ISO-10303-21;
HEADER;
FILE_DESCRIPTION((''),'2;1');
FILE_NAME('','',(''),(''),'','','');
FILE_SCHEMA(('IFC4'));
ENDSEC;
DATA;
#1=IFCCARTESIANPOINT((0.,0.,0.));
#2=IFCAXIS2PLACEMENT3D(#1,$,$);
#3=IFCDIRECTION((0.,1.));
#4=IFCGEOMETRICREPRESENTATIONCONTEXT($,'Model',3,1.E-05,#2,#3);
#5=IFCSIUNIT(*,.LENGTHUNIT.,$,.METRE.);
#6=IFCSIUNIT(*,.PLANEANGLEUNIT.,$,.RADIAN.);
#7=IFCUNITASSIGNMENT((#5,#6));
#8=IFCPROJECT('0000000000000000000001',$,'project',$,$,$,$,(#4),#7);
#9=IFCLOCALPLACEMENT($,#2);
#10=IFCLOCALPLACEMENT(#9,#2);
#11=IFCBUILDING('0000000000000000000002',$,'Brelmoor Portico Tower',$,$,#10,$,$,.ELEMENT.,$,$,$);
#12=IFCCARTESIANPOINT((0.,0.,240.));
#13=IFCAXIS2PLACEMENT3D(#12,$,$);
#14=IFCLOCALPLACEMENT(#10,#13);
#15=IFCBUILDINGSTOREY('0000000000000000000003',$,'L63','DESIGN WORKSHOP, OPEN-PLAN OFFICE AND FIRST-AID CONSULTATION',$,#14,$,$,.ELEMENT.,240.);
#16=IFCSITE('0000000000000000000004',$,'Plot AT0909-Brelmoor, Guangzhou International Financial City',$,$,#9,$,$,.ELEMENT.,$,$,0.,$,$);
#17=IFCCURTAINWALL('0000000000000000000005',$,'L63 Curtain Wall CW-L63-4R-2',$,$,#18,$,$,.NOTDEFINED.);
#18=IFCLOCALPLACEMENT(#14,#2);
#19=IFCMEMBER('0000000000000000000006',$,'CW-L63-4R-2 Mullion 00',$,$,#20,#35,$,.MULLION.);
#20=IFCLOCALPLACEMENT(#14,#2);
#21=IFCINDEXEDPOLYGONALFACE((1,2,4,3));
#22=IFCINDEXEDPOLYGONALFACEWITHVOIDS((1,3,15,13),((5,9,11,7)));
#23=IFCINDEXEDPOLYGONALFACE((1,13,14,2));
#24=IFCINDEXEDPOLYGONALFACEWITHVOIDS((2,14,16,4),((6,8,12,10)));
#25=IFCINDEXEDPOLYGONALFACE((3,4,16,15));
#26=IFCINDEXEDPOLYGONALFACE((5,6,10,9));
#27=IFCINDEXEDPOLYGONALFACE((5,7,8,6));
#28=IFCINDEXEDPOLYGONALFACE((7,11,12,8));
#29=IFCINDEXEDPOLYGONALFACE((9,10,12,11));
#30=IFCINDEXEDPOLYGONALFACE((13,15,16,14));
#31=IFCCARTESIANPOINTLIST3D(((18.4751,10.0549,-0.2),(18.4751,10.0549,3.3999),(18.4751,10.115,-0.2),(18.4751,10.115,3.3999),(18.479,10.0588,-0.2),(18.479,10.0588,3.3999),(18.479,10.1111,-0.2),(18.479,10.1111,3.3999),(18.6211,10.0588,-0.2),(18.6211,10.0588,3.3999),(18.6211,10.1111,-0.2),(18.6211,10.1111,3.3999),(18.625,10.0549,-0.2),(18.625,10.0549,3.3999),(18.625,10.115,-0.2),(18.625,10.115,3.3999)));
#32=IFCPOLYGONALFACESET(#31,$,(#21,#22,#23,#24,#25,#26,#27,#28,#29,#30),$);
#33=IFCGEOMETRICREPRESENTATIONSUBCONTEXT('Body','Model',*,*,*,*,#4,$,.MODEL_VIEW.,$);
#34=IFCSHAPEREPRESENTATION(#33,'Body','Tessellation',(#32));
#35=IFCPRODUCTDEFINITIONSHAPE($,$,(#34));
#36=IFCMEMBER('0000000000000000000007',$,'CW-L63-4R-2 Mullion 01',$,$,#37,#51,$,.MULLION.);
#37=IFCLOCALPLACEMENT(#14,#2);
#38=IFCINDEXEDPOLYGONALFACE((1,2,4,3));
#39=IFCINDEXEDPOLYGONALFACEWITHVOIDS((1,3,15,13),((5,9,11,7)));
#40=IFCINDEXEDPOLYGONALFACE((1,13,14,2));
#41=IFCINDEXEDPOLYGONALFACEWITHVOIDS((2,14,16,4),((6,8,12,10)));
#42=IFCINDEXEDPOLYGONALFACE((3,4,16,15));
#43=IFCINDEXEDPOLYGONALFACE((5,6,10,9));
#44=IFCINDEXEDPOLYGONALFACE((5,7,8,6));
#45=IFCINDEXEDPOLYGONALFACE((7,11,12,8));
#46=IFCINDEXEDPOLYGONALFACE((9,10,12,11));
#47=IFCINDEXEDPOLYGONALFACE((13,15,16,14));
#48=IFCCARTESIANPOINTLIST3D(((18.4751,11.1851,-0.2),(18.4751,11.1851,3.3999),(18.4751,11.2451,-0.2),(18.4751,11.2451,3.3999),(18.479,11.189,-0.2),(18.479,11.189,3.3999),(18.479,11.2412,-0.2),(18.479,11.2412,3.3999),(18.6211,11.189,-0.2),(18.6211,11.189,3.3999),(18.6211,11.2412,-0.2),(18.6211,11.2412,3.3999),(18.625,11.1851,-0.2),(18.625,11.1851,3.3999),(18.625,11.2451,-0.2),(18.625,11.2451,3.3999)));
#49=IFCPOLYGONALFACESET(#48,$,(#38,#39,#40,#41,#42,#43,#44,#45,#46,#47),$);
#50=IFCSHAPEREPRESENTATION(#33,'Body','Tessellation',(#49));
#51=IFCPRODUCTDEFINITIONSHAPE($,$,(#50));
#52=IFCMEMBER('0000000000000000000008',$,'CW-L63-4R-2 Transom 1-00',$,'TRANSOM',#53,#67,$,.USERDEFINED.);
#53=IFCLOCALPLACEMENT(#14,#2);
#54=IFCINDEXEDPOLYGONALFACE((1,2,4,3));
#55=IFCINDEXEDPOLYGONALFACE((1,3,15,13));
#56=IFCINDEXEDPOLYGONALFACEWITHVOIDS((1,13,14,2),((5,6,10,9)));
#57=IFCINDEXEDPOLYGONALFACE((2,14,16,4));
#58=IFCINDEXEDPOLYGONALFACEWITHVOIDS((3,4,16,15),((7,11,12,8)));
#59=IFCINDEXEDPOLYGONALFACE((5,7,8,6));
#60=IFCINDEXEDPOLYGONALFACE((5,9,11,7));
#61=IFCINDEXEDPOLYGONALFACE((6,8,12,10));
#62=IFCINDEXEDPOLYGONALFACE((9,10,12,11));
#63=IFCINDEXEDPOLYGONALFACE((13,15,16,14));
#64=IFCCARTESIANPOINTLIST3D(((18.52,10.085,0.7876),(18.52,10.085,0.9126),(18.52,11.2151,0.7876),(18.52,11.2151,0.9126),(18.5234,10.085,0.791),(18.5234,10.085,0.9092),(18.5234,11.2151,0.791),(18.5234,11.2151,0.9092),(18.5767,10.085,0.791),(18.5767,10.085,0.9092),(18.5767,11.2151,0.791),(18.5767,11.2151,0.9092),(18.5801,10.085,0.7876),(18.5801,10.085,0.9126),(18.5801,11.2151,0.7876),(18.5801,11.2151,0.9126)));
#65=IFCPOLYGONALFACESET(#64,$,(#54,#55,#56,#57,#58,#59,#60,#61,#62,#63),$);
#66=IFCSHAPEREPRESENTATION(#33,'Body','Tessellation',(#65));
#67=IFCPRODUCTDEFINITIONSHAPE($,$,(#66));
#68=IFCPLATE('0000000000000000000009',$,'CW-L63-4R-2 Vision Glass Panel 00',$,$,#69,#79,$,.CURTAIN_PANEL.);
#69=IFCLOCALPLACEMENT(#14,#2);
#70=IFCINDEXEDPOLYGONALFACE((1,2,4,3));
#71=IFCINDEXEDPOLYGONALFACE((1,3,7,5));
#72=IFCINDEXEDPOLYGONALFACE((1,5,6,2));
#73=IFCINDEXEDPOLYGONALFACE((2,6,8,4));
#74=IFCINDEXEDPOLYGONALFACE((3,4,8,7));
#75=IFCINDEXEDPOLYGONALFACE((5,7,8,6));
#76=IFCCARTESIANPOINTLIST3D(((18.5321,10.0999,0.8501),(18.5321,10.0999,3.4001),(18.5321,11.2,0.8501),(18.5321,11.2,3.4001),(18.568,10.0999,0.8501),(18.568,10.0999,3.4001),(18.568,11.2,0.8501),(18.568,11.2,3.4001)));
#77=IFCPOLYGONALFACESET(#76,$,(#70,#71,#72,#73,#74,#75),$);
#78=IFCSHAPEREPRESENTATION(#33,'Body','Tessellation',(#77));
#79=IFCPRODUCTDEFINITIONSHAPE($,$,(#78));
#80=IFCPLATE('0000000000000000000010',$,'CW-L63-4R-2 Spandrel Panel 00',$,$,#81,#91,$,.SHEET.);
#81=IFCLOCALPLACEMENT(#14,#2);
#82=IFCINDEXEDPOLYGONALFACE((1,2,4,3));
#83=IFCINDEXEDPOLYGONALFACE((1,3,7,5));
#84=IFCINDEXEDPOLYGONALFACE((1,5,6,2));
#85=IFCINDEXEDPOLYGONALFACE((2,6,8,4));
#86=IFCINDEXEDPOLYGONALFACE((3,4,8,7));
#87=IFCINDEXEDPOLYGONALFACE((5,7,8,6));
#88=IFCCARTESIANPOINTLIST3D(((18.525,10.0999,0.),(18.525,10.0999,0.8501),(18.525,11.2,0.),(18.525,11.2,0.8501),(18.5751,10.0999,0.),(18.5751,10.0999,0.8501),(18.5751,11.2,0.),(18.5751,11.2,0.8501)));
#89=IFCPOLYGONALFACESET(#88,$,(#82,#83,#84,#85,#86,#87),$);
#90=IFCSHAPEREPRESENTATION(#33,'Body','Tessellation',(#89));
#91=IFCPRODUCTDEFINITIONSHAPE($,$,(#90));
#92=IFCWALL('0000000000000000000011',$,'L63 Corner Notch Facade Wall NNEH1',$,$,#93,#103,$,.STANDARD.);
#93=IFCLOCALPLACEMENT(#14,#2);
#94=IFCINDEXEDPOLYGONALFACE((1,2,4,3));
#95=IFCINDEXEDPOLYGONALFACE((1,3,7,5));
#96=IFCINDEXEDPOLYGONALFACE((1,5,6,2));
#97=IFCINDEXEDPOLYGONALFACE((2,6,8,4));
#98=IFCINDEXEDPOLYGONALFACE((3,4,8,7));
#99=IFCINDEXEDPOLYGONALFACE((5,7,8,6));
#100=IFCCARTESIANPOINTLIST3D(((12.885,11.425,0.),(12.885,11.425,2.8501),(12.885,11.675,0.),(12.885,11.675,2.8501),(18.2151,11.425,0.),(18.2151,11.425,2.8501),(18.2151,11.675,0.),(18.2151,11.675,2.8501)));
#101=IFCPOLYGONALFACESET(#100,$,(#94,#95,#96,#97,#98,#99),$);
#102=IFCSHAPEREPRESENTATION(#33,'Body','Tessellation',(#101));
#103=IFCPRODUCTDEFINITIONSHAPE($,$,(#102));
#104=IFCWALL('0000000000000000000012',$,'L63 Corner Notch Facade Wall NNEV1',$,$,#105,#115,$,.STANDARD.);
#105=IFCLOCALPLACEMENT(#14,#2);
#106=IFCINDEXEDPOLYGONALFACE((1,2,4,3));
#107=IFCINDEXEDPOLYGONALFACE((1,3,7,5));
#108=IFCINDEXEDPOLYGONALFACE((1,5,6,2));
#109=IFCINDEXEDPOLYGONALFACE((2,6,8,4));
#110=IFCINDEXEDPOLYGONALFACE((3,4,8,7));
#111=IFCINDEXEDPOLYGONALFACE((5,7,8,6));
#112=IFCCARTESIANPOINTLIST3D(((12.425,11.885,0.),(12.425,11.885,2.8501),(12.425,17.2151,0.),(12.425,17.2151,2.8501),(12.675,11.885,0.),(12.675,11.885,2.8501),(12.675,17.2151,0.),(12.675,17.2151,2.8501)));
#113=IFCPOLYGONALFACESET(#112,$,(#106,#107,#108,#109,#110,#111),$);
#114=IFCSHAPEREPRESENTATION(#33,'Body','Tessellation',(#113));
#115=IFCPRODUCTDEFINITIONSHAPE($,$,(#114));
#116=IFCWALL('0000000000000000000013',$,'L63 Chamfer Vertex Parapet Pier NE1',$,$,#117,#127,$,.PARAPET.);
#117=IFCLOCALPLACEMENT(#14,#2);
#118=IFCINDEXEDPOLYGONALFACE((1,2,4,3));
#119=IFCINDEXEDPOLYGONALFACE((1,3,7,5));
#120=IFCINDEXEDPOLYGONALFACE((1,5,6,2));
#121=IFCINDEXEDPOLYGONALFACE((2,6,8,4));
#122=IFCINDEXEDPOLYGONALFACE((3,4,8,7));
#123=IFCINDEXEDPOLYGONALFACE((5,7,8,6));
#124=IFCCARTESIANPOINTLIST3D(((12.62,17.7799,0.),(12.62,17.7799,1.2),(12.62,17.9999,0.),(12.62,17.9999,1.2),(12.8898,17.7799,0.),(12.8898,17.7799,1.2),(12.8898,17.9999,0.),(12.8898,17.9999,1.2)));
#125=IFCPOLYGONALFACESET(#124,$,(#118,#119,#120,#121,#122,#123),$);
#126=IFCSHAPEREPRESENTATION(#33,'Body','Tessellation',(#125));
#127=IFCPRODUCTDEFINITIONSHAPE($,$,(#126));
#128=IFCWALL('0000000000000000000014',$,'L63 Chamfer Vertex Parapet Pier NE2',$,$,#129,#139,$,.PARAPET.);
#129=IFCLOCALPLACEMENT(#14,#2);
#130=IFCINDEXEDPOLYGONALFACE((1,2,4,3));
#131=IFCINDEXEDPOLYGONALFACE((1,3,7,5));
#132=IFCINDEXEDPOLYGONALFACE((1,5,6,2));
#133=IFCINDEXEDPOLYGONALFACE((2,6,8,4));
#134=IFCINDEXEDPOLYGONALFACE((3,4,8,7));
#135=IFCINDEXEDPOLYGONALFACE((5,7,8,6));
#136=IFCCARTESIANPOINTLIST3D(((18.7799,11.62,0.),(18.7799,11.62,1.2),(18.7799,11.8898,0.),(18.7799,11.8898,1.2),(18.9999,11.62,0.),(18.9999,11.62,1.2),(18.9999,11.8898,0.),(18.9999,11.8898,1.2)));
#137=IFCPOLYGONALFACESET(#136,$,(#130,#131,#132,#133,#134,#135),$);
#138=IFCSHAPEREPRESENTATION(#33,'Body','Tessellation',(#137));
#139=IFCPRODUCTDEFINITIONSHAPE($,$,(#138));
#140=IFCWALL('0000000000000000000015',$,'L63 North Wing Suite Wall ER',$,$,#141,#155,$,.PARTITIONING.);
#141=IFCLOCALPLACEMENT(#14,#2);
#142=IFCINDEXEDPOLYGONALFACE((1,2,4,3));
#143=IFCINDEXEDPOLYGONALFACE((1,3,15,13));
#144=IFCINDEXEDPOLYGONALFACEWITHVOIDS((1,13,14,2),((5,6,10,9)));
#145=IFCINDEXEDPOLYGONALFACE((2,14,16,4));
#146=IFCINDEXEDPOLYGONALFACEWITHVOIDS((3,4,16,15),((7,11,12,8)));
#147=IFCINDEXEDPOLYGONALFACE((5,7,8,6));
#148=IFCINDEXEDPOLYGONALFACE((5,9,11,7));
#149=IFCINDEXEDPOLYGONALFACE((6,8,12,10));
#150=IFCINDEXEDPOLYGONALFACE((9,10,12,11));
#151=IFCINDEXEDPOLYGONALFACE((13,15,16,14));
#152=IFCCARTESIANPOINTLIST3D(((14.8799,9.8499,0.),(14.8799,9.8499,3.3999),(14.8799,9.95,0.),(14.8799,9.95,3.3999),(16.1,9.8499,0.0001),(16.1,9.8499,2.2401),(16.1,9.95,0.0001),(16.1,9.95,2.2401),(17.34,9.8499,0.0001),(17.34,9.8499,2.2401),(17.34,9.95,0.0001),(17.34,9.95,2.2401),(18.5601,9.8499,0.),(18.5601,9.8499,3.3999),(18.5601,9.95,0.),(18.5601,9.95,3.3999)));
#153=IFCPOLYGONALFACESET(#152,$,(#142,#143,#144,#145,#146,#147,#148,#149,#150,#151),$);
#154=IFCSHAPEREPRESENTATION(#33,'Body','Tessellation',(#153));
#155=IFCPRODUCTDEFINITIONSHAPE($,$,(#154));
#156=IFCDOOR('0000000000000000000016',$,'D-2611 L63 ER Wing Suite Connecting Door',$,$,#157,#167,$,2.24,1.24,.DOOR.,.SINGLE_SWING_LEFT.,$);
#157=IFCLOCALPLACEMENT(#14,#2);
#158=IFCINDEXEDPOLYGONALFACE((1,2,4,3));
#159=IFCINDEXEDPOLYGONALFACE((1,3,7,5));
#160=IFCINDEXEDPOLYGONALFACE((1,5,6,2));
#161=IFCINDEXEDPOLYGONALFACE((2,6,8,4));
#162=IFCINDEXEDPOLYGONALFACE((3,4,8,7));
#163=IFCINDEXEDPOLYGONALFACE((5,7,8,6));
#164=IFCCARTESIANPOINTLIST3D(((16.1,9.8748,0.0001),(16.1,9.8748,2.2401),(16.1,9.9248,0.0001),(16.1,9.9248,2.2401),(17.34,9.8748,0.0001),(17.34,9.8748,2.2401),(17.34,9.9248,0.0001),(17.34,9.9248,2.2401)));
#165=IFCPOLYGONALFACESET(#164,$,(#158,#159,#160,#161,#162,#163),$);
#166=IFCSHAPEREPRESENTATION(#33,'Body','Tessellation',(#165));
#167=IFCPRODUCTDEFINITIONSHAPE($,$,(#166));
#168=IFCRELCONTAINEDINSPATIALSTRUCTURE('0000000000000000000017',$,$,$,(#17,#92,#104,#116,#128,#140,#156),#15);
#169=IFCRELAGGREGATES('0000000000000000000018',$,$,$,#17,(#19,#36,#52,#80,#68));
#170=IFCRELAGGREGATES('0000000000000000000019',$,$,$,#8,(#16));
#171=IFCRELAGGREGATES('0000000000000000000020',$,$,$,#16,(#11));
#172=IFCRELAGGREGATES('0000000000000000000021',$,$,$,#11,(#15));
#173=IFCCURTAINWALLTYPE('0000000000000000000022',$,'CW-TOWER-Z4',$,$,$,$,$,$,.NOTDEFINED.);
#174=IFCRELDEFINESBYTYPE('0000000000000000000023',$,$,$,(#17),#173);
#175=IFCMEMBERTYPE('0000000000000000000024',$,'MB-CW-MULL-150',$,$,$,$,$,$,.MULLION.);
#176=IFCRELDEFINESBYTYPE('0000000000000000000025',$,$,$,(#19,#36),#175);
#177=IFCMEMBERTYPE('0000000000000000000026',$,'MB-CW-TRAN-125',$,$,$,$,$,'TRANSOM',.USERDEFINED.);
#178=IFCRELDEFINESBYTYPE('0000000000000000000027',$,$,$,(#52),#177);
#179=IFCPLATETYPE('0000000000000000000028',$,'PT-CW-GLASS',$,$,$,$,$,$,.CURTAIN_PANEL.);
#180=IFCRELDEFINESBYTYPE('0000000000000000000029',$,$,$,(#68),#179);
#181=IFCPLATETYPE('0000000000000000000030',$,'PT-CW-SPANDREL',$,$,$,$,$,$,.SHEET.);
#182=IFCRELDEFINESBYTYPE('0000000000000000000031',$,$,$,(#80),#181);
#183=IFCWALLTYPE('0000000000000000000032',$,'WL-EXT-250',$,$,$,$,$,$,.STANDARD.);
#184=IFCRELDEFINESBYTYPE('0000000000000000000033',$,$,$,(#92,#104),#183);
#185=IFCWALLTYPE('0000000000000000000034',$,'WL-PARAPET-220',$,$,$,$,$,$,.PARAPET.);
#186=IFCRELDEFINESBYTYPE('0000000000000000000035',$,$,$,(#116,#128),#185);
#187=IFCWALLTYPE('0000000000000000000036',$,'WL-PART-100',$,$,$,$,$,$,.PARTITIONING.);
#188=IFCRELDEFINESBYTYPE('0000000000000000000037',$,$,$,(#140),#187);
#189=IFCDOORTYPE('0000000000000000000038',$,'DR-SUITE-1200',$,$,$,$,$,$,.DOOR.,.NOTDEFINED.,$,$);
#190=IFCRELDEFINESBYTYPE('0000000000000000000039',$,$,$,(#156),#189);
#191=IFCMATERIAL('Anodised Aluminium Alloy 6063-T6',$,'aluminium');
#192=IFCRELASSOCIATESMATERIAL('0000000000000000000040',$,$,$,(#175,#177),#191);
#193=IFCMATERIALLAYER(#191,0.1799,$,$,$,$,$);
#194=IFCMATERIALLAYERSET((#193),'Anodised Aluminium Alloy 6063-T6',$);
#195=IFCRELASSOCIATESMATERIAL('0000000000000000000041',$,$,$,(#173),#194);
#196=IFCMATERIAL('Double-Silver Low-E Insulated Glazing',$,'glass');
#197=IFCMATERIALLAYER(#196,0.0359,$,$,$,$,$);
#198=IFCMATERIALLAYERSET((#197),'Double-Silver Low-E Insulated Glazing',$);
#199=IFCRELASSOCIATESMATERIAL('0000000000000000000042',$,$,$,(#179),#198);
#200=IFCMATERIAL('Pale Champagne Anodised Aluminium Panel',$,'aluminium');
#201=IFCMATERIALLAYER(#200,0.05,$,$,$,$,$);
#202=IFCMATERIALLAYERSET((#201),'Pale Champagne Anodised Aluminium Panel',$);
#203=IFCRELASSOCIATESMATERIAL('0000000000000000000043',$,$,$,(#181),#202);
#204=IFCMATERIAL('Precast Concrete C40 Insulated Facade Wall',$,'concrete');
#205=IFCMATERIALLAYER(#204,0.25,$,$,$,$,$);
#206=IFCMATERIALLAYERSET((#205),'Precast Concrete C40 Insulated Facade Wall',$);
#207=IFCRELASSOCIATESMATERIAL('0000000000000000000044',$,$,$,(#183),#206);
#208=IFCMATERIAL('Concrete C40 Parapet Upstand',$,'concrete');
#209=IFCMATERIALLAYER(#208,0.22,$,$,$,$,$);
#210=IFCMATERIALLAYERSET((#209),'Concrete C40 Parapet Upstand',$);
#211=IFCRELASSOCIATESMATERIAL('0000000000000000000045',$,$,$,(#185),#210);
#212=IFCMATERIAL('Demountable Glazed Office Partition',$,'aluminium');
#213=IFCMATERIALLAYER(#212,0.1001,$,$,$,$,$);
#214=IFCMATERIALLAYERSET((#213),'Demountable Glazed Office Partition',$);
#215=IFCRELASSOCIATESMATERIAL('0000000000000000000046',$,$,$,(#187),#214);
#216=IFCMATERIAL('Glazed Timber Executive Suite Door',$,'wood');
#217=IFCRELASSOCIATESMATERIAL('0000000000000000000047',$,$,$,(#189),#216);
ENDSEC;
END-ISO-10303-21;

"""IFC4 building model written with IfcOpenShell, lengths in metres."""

from ifc_helpers import new_model, si_unit, direction, frame, frame_2d, origin, origin_2d, place, context, subcontext, project, spatial, rectangle, hollow_rectangle, extrude, material, layer, layer_set, material_profile, profile_set, type_object, element, fill, aggregate, save


model = new_model("IFC4")

# Units and contexts
model_context = context("Model", 3, precision=1e-05, world=origin(), true_north=direction((0.0, 1.0)))
body_context = subcontext(model_context, "Body", "Model", "MODEL_VIEW")
ifc_project = project(units=[si_unit("LENGTHUNIT", "METRE"), si_unit("PLANEANGLEUNIT", "RADIAN")], contexts=[model_context])

# Site, building, storey
site_placement = place(None, origin())
site = spatial("IfcSite", under=ifc_project, at=site_placement, Name="Plot AT0909-Brelmoor, Guangzhou International Financial City", CompositionType="ELEMENT", RefElevation=0.0)
building_placement = place(site_placement, origin())
building = spatial("IfcBuilding", under=site, at=building_placement, Name="Brelmoor Portico Tower", CompositionType="ELEMENT")
storey_placement = place(building_placement, frame((0.0, 0.0, 240.0)))
storey = spatial("IfcBuildingStorey", under=building, at=storey_placement, Name="L63", Description="DESIGN WORKSHOP, OPEN-PLAN OFFICE AND FIRST-AID CONSULTATION", CompositionType="ELEMENT", Elevation=240.0)

# Shared definitions
ifc_material_1 = material(Name="Anodised Aluminium Alloy 6063-T6", Category="aluminium")
ifc_material_profile_1 = material_profile(ifc_material_1, hollow_rectangle(XDim=0.0601, YDim=0.1499, WallThickness=0.0039, at=origin_2d()), Name="ALU MULLION 60x150")
ifc_profile_set_1 = profile_set([ifc_material_profile_1], Name="Anodised Aluminium Alloy 6063-T6")
member_type_1 = type_object("IfcMemberType", Name="MB-CW-MULL-150", PredefinedType="MULLION", material=ifc_profile_set_1)

# Curtain wall, members, plates
ifc_layer_1 = layer(ifc_material_1, 0.1799)
ifc_layer_set_1 = layer_set([ifc_layer_1], Name="Anodised Aluminium Alloy 6063-T6")
curtain_wall_type_1 = type_object("IfcCurtainWallType", Name="CW-TOWER-Z4", PredefinedType="NOTDEFINED", material=ifc_layer_set_1)
curtain_wall_1_placement = place(storey_placement, origin())
curtain_wall_1 = element("IfcCurtainWall", 1, at=curtain_wall_1_placement, inside=storey, type_object=curtain_wall_type_1, Name="L63 Curtain Wall CW-L63-4R-2", PredefinedType="NOTDEFINED")
member_1_placement = place(storey_placement, frame((18.55, 10.085, -0.2), z_axis=(0.0, 0.0, 1.0), x_axis=(0.0, 1.0, 0.0)))
member_1 = element("IfcMember", 2, at=member_1_placement, type_object=member_type_1, Name="CW-L63-4R-2 Mullion 00", PredefinedType="MULLION", context=body_context, shape_type="SweptSolid", body=[
    extrude(hollow_rectangle(XDim=0.0601, YDim=0.1499, WallThickness=0.0039, at=origin_2d()), origin(), (0.0, 0.0, 1.0), 3.5999),
])
member_2_placement = place(storey_placement, frame((18.55, 11.2151, -0.2), z_axis=(0.0, 0.0, 1.0), x_axis=(0.0, 1.0, 0.0)))
member_2 = element("IfcMember", 3, at=member_2_placement, type_object=member_type_1, Name="CW-L63-4R-2 Mullion 01", PredefinedType="MULLION", context=body_context, shape_type="SweptSolid", body=[
    extrude(hollow_rectangle(XDim=0.0601, YDim=0.1499, WallThickness=0.0039, at=origin_2d()), origin(), (0.0, 0.0, 1.0), 3.5999),
])
ifc_material_profile_2 = material_profile(ifc_material_1, hollow_rectangle(XDim=0.0601, YDim=0.125, WallThickness=0.0034, at=origin_2d()), Name="ALU TRANSOM 60x125")
ifc_profile_set_2 = profile_set([ifc_material_profile_2], Name="Anodised Aluminium Alloy 6063-T6")
member_type_2 = type_object("IfcMemberType", Name="MB-CW-TRAN-125", ElementType="TRANSOM", PredefinedType="USERDEFINED", material=ifc_profile_set_2)
member_3_placement = place(storey_placement, frame((18.55, 10.085, 0.8501), z_axis=(0.0, 1.0, 0.0), x_axis=(-1.0, 0.0, 0.0)))
member_3 = element("IfcMember", 4, at=member_3_placement, type_object=member_type_2, Name="CW-L63-4R-2 Transom 1-00", ObjectType="TRANSOM", PredefinedType="USERDEFINED", context=body_context, shape_type="SweptSolid", body=[
    extrude(hollow_rectangle(XDim=0.0601, YDim=0.125, WallThickness=0.0034, at=origin_2d()), origin(), (0.0, 0.0, 1.0), 1.1301),
])
ifc_material_2 = material(Name="Double-Silver Low-E Insulated Glazing", Category="glass")
ifc_layer_2 = layer(ifc_material_2, 0.0359)
ifc_layer_set_2 = layer_set([ifc_layer_2], Name="Double-Silver Low-E Insulated Glazing")
plate_type_1 = type_object("IfcPlateType", Name="PT-CW-GLASS", PredefinedType="CURTAIN_PANEL", material=ifc_layer_set_2)
plate_1_placement = place(storey_placement, frame((18.55, 10.6499, 0.8501), z_axis=(0.0, 0.0, 1.0), x_axis=(0.0, 1.0, 0.0)))
plate_1 = element("IfcPlate", 5, at=plate_1_placement, type_object=plate_type_1, Name="CW-L63-4R-2 Vision Glass Panel 00", PredefinedType="CURTAIN_PANEL", context=body_context, shape_type="SweptSolid", body=[
    extrude(rectangle(XDim=1.1001, YDim=0.0359, at=origin_2d()), origin(), (0.0, 0.0, 1.0), 2.55),
])
ifc_material_3 = material(Name="Pale Champagne Anodised Aluminium Panel", Category="aluminium")
ifc_layer_3 = layer(ifc_material_3, 0.05)
ifc_layer_set_3 = layer_set([ifc_layer_3], Name="Pale Champagne Anodised Aluminium Panel")
plate_type_2 = type_object("IfcPlateType", Name="PT-CW-SPANDREL", PredefinedType="SHEET", material=ifc_layer_set_3)
plate_2_placement = place(storey_placement, frame((18.55, 10.6499, 0.0), z_axis=(0.0, 0.0, 1.0), x_axis=(0.0, 1.0, 0.0)))
plate_2 = element("IfcPlate", 6, at=plate_2_placement, type_object=plate_type_2, Name="CW-L63-4R-2 Spandrel Panel 00", PredefinedType="SHEET", context=body_context, shape_type="SweptSolid", body=[
    extrude(rectangle(XDim=1.1001, YDim=0.05, at=origin_2d()), origin(), (0.0, 0.0, 1.0), 0.8501),
])
aggregate(curtain_wall_1, [member_1, member_2, member_3, plate_2, plate_1])

# Walls
ifc_material_4 = material(Name="Precast Concrete C40 Insulated Facade Wall", Category="concrete")
ifc_layer_4 = layer(ifc_material_4, 0.25)
ifc_layer_set_4 = layer_set([ifc_layer_4], Name="Precast Concrete C40 Insulated Facade Wall")
wall_type_1 = type_object("IfcWallType", Name="WL-EXT-250", PredefinedType="STANDARD", material=ifc_layer_set_4)
for number, where, z_axis, x_axis, name in (
    (7, (12.885, 11.55, 0.0), (0.0, 0.0, 1.0), (1.0, 0.0, 0.0), "L63 Corner Notch Facade Wall NNEH1"),
    (8, (12.55, 11.885, 0.0), (0.0, 0.0, 1.0), (0.0, 1.0, 0.0), "L63 Corner Notch Facade Wall NNEV1"),
):
    element("IfcWall", number, at=place(storey_placement, frame(where, z_axis=z_axis, x_axis=x_axis)), inside=storey, type_object=wall_type_1, Name=name, PredefinedType="STANDARD", context=body_context, shape_type="SweptSolid", body=[
        extrude(rectangle(XDim=5.3301, YDim=0.25, at=frame_2d((2.665, 0.0))), origin(), (0.0, 0.0, 1.0), 2.8501),
    ])
ifc_material_5 = material(Name="Concrete C40 Parapet Upstand", Category="concrete")
ifc_layer_5 = layer(ifc_material_5, 0.22)
ifc_layer_set_5 = layer_set([ifc_layer_5], Name="Concrete C40 Parapet Upstand")
wall_type_2 = type_object("IfcWallType", Name="WL-PARAPET-220", PredefinedType="PARAPET", material=ifc_layer_set_5)
for number, where, z_axis, x_axis, name in (
    (9, (12.6201, 17.8899, 0.0), (0.0, 0.0, 1.0), (1.0, 0.0, 0.0), "L63 Chamfer Vertex Parapet Pier NE1"),
    (10, (18.8899, 11.6201, 0.0), (0.0, 0.0, 1.0), (0.0, 1.0, 0.0), "L63 Chamfer Vertex Parapet Pier NE2"),
):
    element("IfcWall", number, at=place(storey_placement, frame(where, z_axis=z_axis, x_axis=x_axis)), inside=storey, type_object=wall_type_2, Name=name, PredefinedType="PARAPET", context=body_context, shape_type="SweptSolid", body=[
        extrude(rectangle(XDim=0.2698, YDim=0.22, at=frame_2d((0.1348, 0.0))), origin(), (0.0, 0.0, 1.0), 1.2),
    ])

# Wall, opening, door
ifc_material_6 = material(Name="Demountable Glazed Office Partition", Category="aluminium")
ifc_layer_6 = layer(ifc_material_6, 0.1001)
ifc_layer_set_6 = layer_set([ifc_layer_6], Name="Demountable Glazed Office Partition")
wall_type_3 = type_object("IfcWallType", Name="WL-PART-100", PredefinedType="PARTITIONING", material=ifc_layer_set_6)
wall_placement = place(storey_placement, frame((14.8799, 9.8999, 0.0), z_axis=(0.0, 0.0, 1.0), x_axis=(1.0, 0.0, 0.0)))
wall = element("IfcWall", 11, at=wall_placement, inside=storey, type_object=wall_type_3, Name="L63 North Wing Suite Wall ER", PredefinedType="PARTITIONING", context=body_context, shape_type="SweptSolid", body=[
    extrude(rectangle(XDim=3.6802, YDim=0.1001, at=frame_2d((1.8401, 0.0))), origin(), (0.0, 0.0, 1.0), 3.3999),
])
opening_placement = place(wall_placement, frame((1.22, 0.0, 0.0)))
opening = element("IfcOpeningElement", 12, at=opening_placement, cuts=wall, PredefinedType="OPENING", context=body_context, shape_type="SweptSolid", body=[
    extrude(rectangle(XDim=1.24, YDim=2.24, at=frame_2d((0.6201, 1.1201))), frame((0.0, 0.0601, 0.0), z_axis=(0.0, -1.0, 0.0), x_axis=(1.0, 0.0, 0.0)), (0.0, 0.0, 1.0), 0.1201),
])
ifc_material_7 = material(Name="Glazed Timber Executive Suite Door", Category="wood")
door_type = type_object("IfcDoorType", Name="DR-SUITE-1200", OperationType="NOTDEFINED", PredefinedType="DOOR", material=ifc_material_7)
door_placement = place(opening_placement, origin())
door = element("IfcDoor", 13, at=door_placement, inside=storey, type_object=door_type, Name="D-2611 L63 ER Wing Suite Connecting Door", OperationType="SINGLE_SWING_LEFT", OverallHeight=2.24, OverallWidth=1.24, PredefinedType="DOOR", context=body_context, shape_type="SweptSolid", body=[
    extrude(rectangle(XDim=1.24, YDim=2.24, at=frame_2d((0.6201, 1.1201))), frame((0.0, 0.0249, 0.0), z_axis=(0.0, -1.0, 0.0), x_axis=(1.0, 0.0, 0.0)), (0.0, 0.0, 1.0), 0.05),
])
fill(opening, door)

save(model, "model.ifc")
